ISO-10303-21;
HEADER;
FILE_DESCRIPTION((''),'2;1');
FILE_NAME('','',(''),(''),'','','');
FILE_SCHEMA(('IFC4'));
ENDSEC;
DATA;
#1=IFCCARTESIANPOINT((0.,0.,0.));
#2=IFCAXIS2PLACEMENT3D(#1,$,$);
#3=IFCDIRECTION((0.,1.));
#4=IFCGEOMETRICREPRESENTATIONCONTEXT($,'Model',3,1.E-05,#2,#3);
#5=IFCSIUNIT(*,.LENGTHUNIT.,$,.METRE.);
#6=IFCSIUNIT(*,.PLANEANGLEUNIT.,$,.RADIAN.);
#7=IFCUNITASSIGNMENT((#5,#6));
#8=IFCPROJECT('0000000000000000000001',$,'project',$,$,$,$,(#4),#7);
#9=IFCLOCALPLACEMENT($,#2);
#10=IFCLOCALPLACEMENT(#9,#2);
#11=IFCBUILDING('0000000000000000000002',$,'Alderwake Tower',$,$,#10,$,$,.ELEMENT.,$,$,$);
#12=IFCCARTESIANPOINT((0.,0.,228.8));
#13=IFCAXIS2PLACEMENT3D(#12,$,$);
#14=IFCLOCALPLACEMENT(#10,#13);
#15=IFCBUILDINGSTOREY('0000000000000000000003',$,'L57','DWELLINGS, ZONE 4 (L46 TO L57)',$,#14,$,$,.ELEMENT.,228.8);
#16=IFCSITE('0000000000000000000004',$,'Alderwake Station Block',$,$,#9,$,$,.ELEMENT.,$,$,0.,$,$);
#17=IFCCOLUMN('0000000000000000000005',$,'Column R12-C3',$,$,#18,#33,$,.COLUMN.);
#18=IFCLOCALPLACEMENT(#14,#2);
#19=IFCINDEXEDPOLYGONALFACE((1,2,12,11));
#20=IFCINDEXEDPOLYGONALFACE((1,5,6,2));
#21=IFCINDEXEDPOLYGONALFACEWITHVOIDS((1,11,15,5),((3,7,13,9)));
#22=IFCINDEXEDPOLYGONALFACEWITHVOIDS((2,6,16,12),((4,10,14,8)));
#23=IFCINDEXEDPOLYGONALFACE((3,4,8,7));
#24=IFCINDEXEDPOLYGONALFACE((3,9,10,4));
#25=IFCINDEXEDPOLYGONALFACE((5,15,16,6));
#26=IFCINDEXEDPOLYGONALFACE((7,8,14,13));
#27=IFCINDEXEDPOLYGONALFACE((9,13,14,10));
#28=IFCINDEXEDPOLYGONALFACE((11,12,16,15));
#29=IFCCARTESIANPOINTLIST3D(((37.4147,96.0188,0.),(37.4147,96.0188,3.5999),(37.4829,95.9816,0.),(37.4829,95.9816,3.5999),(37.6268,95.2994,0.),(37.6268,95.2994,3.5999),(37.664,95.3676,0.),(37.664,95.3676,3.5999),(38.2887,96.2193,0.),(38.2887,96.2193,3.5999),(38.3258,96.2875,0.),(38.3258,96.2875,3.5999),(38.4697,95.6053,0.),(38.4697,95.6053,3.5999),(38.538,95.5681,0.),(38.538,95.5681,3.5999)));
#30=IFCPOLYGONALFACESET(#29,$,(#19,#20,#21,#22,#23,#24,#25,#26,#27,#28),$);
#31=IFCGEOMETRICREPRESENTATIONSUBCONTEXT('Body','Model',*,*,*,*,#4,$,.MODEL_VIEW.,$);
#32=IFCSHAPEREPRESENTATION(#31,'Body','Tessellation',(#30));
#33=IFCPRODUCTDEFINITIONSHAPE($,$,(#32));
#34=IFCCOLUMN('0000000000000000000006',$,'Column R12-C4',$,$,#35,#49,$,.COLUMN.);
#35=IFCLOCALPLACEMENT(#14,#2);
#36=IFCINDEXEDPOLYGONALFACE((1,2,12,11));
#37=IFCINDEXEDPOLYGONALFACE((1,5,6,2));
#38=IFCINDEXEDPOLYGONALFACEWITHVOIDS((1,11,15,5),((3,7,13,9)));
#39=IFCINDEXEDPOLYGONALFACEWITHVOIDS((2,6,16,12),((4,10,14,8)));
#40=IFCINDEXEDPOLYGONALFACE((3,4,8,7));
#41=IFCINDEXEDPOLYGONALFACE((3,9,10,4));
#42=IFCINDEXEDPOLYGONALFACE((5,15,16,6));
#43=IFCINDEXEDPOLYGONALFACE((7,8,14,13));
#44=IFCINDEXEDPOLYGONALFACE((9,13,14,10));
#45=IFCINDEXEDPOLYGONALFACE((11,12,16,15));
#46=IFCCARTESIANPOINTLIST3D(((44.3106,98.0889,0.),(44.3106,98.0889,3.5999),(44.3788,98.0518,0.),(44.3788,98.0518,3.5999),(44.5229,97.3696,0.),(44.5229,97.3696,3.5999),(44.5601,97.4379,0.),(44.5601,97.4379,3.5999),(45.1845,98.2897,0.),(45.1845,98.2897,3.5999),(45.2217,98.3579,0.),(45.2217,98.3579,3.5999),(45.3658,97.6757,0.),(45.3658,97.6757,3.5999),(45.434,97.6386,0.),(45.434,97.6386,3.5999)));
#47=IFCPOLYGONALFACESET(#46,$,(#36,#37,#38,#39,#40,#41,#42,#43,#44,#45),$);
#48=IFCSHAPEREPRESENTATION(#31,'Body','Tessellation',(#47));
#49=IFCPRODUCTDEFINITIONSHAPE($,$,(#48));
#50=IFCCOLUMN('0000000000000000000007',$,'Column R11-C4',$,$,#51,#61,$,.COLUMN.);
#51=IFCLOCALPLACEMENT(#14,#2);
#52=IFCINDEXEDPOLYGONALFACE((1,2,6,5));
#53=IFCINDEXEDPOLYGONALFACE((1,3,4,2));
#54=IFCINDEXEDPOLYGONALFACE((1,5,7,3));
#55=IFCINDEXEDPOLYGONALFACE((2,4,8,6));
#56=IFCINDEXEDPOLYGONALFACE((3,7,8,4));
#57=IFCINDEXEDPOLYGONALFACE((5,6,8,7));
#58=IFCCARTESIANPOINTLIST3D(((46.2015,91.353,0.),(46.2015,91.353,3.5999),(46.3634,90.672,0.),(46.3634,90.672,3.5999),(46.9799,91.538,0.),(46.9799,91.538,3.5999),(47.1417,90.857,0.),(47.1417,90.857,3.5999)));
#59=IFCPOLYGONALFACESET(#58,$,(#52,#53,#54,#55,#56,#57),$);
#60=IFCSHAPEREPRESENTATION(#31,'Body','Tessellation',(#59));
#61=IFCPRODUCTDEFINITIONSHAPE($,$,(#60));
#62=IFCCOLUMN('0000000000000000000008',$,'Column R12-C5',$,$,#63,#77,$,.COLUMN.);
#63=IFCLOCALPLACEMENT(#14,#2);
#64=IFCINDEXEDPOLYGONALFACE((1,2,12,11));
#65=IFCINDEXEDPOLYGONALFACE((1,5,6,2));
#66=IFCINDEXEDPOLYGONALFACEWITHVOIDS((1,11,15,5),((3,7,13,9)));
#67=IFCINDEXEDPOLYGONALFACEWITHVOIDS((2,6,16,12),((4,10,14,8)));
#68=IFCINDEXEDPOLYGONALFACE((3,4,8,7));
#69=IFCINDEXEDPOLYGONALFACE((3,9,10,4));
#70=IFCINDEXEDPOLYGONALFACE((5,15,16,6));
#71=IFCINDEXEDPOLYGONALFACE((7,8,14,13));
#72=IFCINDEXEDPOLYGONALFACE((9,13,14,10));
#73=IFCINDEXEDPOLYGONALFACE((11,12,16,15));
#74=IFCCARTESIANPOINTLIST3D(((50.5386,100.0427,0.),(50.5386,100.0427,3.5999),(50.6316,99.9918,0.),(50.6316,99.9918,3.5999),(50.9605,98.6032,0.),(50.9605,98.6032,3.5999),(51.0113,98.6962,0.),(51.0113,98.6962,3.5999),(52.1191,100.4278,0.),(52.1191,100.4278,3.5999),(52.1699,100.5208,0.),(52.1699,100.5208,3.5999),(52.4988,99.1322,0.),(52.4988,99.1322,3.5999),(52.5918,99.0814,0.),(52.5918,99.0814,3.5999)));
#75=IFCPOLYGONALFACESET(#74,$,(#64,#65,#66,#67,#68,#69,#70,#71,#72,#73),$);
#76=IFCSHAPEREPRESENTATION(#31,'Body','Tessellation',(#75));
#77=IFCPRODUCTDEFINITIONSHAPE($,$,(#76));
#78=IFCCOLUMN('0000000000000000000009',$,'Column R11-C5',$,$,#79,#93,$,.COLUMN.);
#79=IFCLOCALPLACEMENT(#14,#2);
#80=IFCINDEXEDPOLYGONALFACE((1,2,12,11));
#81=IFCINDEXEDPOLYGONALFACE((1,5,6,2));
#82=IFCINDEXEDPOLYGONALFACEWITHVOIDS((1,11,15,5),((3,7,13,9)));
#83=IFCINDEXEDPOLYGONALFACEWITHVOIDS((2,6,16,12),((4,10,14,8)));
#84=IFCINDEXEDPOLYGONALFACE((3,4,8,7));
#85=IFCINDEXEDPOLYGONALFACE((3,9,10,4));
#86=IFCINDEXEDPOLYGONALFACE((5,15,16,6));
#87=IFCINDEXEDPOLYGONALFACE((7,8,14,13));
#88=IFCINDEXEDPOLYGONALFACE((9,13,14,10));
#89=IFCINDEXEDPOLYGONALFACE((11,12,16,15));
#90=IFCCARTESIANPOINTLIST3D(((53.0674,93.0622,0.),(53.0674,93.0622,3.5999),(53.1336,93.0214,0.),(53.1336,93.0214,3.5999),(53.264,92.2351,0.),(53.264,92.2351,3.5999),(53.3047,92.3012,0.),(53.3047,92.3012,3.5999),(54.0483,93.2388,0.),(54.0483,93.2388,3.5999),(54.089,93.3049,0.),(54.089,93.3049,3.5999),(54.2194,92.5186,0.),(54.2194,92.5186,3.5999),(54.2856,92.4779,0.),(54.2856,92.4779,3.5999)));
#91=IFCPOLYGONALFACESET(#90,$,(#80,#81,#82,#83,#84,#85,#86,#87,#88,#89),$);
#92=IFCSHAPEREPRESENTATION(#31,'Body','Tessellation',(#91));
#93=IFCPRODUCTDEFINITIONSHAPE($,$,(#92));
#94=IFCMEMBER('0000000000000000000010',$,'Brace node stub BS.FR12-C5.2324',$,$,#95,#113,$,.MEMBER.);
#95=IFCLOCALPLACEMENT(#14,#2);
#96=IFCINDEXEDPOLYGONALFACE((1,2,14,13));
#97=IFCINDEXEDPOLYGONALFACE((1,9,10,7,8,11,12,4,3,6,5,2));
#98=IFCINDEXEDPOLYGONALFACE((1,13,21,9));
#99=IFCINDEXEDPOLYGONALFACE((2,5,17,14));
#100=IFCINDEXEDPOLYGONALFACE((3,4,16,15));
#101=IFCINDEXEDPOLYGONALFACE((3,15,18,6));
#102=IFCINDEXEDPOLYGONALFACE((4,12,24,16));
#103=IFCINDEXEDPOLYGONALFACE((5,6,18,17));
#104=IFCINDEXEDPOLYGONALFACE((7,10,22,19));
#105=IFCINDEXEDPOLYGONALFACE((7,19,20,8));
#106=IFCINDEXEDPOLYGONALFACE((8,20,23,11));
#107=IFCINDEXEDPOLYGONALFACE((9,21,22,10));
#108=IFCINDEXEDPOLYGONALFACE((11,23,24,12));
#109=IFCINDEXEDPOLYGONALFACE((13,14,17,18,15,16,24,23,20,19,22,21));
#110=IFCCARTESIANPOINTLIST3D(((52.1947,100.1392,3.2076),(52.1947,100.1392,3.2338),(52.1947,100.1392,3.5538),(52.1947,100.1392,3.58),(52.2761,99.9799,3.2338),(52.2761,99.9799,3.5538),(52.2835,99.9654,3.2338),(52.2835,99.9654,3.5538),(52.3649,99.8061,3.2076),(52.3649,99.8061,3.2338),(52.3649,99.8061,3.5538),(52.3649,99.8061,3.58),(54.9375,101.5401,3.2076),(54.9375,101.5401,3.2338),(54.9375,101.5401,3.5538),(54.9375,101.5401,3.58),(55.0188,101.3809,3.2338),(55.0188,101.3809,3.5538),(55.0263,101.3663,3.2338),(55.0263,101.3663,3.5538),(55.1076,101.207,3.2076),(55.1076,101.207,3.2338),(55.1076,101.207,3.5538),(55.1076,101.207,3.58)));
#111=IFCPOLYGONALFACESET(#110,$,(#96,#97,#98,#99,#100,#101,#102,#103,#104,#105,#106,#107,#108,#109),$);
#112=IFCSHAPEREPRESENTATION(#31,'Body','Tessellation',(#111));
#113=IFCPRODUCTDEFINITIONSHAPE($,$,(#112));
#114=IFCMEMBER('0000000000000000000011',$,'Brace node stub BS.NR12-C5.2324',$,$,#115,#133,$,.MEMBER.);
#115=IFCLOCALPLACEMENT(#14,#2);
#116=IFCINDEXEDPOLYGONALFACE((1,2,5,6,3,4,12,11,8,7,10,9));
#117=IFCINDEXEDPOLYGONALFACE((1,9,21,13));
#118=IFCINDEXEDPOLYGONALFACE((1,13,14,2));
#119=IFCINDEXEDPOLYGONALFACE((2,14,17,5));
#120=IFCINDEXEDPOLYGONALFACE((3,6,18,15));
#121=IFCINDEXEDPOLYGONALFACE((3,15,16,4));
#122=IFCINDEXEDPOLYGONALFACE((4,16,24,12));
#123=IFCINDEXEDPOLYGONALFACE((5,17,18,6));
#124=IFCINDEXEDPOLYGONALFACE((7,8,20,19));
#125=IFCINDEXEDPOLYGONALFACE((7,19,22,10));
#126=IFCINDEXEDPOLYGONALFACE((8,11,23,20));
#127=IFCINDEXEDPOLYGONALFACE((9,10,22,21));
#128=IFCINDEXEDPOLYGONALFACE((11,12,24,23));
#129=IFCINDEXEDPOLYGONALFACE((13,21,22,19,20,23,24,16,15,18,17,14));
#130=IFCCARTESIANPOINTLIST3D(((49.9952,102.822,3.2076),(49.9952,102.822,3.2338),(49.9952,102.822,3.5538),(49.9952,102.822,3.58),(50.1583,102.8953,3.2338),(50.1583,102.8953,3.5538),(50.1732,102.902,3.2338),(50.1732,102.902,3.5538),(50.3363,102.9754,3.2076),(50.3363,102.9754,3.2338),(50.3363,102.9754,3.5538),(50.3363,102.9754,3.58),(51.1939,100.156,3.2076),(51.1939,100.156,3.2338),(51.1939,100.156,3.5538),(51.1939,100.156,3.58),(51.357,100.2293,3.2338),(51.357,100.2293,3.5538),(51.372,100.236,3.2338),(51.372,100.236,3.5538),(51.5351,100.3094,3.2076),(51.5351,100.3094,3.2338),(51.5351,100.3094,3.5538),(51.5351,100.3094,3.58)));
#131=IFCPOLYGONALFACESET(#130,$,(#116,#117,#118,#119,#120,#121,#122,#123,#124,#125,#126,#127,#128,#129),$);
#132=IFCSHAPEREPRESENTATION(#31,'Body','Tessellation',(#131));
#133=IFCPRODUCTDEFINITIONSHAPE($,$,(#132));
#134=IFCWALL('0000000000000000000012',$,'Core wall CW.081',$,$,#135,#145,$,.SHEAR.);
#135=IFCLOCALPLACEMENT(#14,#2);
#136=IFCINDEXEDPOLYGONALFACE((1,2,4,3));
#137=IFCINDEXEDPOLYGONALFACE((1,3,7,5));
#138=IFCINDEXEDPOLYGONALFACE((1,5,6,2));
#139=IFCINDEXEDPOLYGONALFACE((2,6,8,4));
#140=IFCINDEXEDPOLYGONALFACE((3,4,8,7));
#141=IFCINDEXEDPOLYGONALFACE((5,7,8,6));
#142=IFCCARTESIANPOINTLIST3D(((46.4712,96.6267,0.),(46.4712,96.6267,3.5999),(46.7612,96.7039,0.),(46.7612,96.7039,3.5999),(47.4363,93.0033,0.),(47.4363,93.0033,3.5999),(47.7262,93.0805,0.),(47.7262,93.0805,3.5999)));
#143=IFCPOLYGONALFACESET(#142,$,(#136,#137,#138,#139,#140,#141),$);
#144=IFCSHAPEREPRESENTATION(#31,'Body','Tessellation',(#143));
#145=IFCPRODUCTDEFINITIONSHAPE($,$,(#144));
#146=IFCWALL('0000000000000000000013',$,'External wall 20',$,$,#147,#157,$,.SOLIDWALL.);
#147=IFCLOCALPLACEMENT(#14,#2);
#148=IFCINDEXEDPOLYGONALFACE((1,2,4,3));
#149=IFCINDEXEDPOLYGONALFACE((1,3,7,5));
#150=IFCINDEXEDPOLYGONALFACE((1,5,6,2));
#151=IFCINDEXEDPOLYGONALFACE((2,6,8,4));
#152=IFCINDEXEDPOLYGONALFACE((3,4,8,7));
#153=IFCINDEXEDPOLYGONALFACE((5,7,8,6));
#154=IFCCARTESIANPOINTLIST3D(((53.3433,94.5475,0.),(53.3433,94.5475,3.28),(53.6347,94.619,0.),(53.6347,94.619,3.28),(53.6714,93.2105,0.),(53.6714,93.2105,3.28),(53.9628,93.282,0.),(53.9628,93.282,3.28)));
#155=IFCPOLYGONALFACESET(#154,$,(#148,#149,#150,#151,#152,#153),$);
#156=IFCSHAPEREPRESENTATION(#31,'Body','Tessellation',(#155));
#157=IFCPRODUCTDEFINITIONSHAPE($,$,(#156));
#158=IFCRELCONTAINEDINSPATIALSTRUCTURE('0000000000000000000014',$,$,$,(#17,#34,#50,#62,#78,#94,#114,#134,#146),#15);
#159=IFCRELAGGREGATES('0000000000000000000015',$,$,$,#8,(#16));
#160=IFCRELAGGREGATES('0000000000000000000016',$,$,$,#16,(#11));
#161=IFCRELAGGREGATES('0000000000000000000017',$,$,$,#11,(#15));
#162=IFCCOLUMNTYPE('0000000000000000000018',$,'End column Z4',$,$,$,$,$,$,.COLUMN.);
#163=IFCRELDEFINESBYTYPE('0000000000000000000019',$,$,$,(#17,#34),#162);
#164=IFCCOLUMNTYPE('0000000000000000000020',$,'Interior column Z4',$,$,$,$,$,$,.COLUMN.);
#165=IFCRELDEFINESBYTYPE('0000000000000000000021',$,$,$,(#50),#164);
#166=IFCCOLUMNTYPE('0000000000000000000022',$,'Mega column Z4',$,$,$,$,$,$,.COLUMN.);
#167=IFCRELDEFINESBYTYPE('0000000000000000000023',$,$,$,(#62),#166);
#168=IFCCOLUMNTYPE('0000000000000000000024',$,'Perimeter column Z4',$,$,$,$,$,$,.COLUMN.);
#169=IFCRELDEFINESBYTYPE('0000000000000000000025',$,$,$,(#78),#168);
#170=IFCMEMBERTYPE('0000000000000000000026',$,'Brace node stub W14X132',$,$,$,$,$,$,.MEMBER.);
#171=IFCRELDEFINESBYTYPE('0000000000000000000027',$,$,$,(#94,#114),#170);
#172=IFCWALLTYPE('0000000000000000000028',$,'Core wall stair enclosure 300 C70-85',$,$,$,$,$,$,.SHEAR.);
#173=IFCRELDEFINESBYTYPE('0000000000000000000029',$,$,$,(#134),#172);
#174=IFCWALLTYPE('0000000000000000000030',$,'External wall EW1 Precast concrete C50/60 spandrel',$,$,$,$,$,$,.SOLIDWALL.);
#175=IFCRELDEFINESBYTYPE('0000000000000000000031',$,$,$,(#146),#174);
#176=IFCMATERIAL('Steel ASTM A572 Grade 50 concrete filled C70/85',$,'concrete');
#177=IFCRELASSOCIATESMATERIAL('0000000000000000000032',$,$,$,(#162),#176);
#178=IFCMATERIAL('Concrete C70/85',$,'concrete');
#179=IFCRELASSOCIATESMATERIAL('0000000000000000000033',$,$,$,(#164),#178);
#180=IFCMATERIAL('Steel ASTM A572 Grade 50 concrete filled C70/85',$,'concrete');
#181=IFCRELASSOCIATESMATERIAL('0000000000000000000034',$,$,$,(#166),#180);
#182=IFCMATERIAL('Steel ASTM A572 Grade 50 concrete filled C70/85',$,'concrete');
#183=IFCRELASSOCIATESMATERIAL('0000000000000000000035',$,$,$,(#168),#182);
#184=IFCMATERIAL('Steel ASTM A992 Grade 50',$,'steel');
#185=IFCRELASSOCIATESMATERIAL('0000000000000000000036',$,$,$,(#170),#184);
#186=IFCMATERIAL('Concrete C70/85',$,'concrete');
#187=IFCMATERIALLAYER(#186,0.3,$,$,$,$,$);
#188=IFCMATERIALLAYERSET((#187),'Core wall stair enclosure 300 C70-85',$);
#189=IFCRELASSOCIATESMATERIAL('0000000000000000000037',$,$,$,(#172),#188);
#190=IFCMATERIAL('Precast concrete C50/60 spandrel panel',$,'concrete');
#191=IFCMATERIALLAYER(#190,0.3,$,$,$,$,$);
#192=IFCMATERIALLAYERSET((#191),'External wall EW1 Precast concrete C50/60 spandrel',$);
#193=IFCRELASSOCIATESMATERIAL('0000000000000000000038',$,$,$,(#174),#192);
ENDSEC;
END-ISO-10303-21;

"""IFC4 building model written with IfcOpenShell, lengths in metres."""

from ifc_helpers import new_model, si_unit, direction, frame, frame_2d, origin, origin_2d, place, context, subcontext, project, spatial, rectangle, hollow_rectangle, i_section, extrude, material, layer, layer_set, material_profile, profile_set, type_object, element, save


model = new_model("IFC4")

# Units and contexts
model_context = context("Model", 3, precision=1e-05, world=origin(), true_north=direction((0.0, 1.0)))
body_context = subcontext(model_context, "Body", "Model", "MODEL_VIEW")
ifc_project = project(units=[si_unit("LENGTHUNIT", "METRE"), si_unit("PLANEANGLEUNIT", "RADIAN")], contexts=[model_context])

# Site, building, storey
site_placement = place(None, origin())
site = spatial("IfcSite", under=ifc_project, at=site_placement, Name="Alderwake Station Block", CompositionType="ELEMENT", RefElevation=0.0)
building_placement = place(site_placement, origin())
building = spatial("IfcBuilding", under=site, at=building_placement, Name="Alderwake Tower", CompositionType="ELEMENT")
storey_placement = place(building_placement, frame((0.0, 0.0, 228.8)))
storey = spatial("IfcBuildingStorey", under=building, at=storey_placement, Name="L57", Description="DWELLINGS, ZONE 4 (L46 TO L57)", CompositionType="ELEMENT", Elevation=228.8)

# Columns
ifc_material_1 = material(Name="Steel ASTM A572 Grade 50 concrete filled C70/85", Category="concrete")
ifc_material_profile_1 = material_profile(ifc_material_1, hollow_rectangle(XDim=0.75, YDim=0.95, WallThickness=0.0549, at=origin_2d()), Name="BOX 950X750X55")
ifc_profile_set_1 = profile_set([ifc_material_profile_1], Name="Steel ASTM A572 Grade 50 concrete filled C70/85")
column_type_1 = type_object("IfcColumnType", Name="End column Z4", PredefinedType="COLUMN", material=ifc_profile_set_1)
for number, where, z_axis, x_axis, name in (
    (1, (37.9763, 95.7935, 0.0), (0.0, 0.0, 1.0), (-0.282874, 0.959157, 0.0), "Column R12-C3"),
    (2, (44.8723, 97.8638, 0.0), (0.0, 0.0, 1.0), (-0.283132, 0.959081, 0.0), "Column R12-C4"),
):
    element("IfcColumn", number, at=place(storey_placement, frame(where, z_axis=z_axis, x_axis=x_axis)), inside=storey, type_object=column_type_1, Name=name, PredefinedType="COLUMN", context=body_context, shape_type="SweptSolid", body=[
        extrude(hollow_rectangle(XDim=0.75, YDim=0.95, WallThickness=0.0549, at=origin_2d()), origin(), (0.0, 0.0, 1.0), 3.5999),
    ])
ifc_material_2 = material(Name="Concrete C70/85", Category="concrete")
ifc_material_profile_2 = material_profile(ifc_material_2, rectangle(XDim=0.7, YDim=0.8, at=origin_2d()), Name="RC 800X700")
ifc_profile_set_2 = profile_set([ifc_material_profile_2], Name="Concrete C70/85")
column_type_2 = type_object("IfcColumnType", Name="Interior column Z4", PredefinedType="COLUMN", material=ifc_profile_set_2)
column_1_placement = place(storey_placement, frame((46.6716, 91.105, 0.0), z_axis=(0.0, 0.0, 1.0), x_axis=(-0.231222, 0.972901, 0.0)))
element("IfcColumn", 3, at=column_1_placement, inside=storey, type_object=column_type_2, Name="Column R11-C4", PredefinedType="COLUMN", context=body_context, shape_type="SweptSolid", body=[
    extrude(rectangle(XDim=0.7, YDim=0.8, at=origin_2d()), origin(), (0.0, 0.0, 1.0), 3.5999),
])
ifc_material_3 = material(Name="Steel ASTM A572 Grade 50 concrete filled C70/85", Category="concrete")
ifc_material_profile_3 = material_profile(ifc_material_3, hollow_rectangle(XDim=1.5, YDim=1.7, WallThickness=0.075, at=origin_2d()), Name="BOX 1700X1500X75")
ifc_profile_set_3 = profile_set([ifc_material_profile_3], Name="Steel ASTM A572 Grade 50 concrete filled C70/85")
column_type_3 = type_object("IfcColumnType", Name="Mega column Z4", PredefinedType="COLUMN", material=ifc_profile_set_3)
column_2_placement = place(storey_placement, frame((51.5652, 99.562, 0.0), z_axis=(0.0, 0.0, 1.0), x_axis=(-0.28127, 0.959629, 0.0)))
element("IfcColumn", 4, at=column_2_placement, inside=storey, type_object=column_type_3, Name="Column R12-C5", PredefinedType="COLUMN", context=body_context, shape_type="SweptSolid", body=[
    extrude(hollow_rectangle(XDim=1.5, YDim=1.7, WallThickness=0.075, at=origin_2d()), origin(), (0.0, 0.0, 1.0), 3.5999),
])
ifc_material_4 = material(Name="Steel ASTM A572 Grade 50 concrete filled C70/85", Category="concrete")
ifc_material_profile_4 = material_profile(ifc_material_4, hollow_rectangle(XDim=0.8501, YDim=1.05, WallThickness=0.0549, at=origin_2d()), Name="BOX 1050X850X55")
ifc_profile_set_4 = profile_set([ifc_material_profile_4], Name="Steel ASTM A572 Grade 50 concrete filled C70/85")
column_type_4 = type_object("IfcColumnType", Name="Perimeter column Z4", PredefinedType="COLUMN", material=ifc_profile_set_4)
column_3_placement = place(storey_placement, frame((53.6765, 92.77, 0.0), z_axis=(0.0, 0.0, 1.0), x_axis=(-0.231222, 0.972901, 0.0)))
element("IfcColumn", 5, at=column_3_placement, inside=storey, type_object=column_type_4, Name="Column R11-C5", PredefinedType="COLUMN", context=body_context, shape_type="SweptSolid", body=[
    extrude(hollow_rectangle(XDim=0.8501, YDim=1.05, WallThickness=0.0549, at=origin_2d()), origin(), (0.0, 0.0, 1.0), 3.5999),
])

# Members
ifc_material_5 = material(Name="Steel ASTM A992 Grade 50", Category="steel")
ifc_material_profile_5 = material_profile(ifc_material_5, i_section(OverallWidth=0.374, OverallDepth=0.3723, WebThickness=0.0164, FlangeThickness=0.0261, at=origin_2d()), Name="W14X132")
ifc_profile_set_5 = profile_set([ifc_material_profile_5], Name="Steel ASTM A992 Grade 50")
member_type = type_object("IfcMemberType", Name="Brace node stub W14X132", PredefinedType="MEMBER", material=ifc_profile_set_5)
member_1_placement = place(storey_placement, frame((52.2798, 99.9727, 3.3938), z_axis=(0.890557, 0.454871, 0.0), x_axis=(-0.454871, 0.890557, 0.0)))
element("IfcMember", 6, at=member_1_placement, inside=storey, type_object=member_type, Name="Brace node stub BS.FR12-C5.2324", PredefinedType="MEMBER", context=body_context, shape_type="SweptSolid", body=[
    extrude(i_section(OverallWidth=0.374, OverallDepth=0.3723, WebThickness=0.0164, FlangeThickness=0.0261, at=origin_2d()), origin(), (0.0, 0.0, 1.0), 3.0798),
])
member_2_placement = place(storey_placement, frame((51.3645, 100.2327, 3.3938), z_axis=(-0.410087, 0.912046, 0.0), x_axis=(-0.912046, -0.410087, 0.0)))
element("IfcMember", 7, at=member_2_placement, inside=storey, type_object=member_type, Name="Brace node stub BS.NR12-C5.2324", PredefinedType="MEMBER", context=body_context, shape_type="SweptSolid", body=[
    extrude(i_section(OverallWidth=0.374, OverallDepth=0.3723, WebThickness=0.0164, FlangeThickness=0.0261, at=origin_2d()), origin(), (0.0, 0.0, 1.0), 2.9231),
])

# Walls
ifc_material_6 = material(Name="Concrete C70/85", Category="concrete")
ifc_layer_1 = layer(ifc_material_6, 0.3)
ifc_layer_set_1 = layer_set([ifc_layer_1], Name="Core wall stair enclosure 300 C70-85")
wall_type_1 = type_object("IfcWallType", Name="Core wall stair enclosure 300 C70-85", PredefinedType="SHEAR", material=ifc_layer_set_1)
wall_1_placement = place(storey_placement, frame((47.5813, 93.0417, 0.0), z_axis=(0.0, 0.0, 1.0), x_axis=(-0.257367, 0.966314, 0.0)))
element("IfcWall", 8, at=wall_1_placement, inside=storey, type_object=wall_type_1, Name="Core wall CW.081", PredefinedType="SHEAR", context=body_context, shape_type="SweptSolid", body=[
    extrude(rectangle(XDim=3.7498, YDim=0.3, at=frame_2d((1.875, 0.0))), origin(), (0.0, 0.0, 1.0), 3.5999),
])
ifc_material_7 = material(Name="Precast concrete C50/60 spandrel panel", Category="concrete")
ifc_layer_2 = layer(ifc_material_7, 0.3)
ifc_layer_set_2 = layer_set([ifc_layer_2], Name="External wall EW1 Precast concrete C50/60 spandrel")
wall_type_2 = type_object("IfcWallType", Name="External wall EW1 Precast concrete C50/60 spandrel", PredefinedType="SOLIDWALL", material=ifc_layer_set_2)
wall_2_placement = place(storey_placement, frame((53.8171, 93.2461, 0.0), z_axis=(0.0, 0.0, 1.0), x_axis=(-0.23836, 0.971177, 0.0)))
element("IfcWall", 9, at=wall_2_placement, inside=storey, type_object=wall_type_2, Name="External wall 20", PredefinedType="SOLIDWALL", context=body_context, shape_type="SweptSolid", body=[
    extrude(rectangle(XDim=1.3767, YDim=0.3, at=frame_2d((0.6885, 0.0))), origin(), (0.0, 0.0, 1.0), 3.28),
])

save(model, "model.ifc")
